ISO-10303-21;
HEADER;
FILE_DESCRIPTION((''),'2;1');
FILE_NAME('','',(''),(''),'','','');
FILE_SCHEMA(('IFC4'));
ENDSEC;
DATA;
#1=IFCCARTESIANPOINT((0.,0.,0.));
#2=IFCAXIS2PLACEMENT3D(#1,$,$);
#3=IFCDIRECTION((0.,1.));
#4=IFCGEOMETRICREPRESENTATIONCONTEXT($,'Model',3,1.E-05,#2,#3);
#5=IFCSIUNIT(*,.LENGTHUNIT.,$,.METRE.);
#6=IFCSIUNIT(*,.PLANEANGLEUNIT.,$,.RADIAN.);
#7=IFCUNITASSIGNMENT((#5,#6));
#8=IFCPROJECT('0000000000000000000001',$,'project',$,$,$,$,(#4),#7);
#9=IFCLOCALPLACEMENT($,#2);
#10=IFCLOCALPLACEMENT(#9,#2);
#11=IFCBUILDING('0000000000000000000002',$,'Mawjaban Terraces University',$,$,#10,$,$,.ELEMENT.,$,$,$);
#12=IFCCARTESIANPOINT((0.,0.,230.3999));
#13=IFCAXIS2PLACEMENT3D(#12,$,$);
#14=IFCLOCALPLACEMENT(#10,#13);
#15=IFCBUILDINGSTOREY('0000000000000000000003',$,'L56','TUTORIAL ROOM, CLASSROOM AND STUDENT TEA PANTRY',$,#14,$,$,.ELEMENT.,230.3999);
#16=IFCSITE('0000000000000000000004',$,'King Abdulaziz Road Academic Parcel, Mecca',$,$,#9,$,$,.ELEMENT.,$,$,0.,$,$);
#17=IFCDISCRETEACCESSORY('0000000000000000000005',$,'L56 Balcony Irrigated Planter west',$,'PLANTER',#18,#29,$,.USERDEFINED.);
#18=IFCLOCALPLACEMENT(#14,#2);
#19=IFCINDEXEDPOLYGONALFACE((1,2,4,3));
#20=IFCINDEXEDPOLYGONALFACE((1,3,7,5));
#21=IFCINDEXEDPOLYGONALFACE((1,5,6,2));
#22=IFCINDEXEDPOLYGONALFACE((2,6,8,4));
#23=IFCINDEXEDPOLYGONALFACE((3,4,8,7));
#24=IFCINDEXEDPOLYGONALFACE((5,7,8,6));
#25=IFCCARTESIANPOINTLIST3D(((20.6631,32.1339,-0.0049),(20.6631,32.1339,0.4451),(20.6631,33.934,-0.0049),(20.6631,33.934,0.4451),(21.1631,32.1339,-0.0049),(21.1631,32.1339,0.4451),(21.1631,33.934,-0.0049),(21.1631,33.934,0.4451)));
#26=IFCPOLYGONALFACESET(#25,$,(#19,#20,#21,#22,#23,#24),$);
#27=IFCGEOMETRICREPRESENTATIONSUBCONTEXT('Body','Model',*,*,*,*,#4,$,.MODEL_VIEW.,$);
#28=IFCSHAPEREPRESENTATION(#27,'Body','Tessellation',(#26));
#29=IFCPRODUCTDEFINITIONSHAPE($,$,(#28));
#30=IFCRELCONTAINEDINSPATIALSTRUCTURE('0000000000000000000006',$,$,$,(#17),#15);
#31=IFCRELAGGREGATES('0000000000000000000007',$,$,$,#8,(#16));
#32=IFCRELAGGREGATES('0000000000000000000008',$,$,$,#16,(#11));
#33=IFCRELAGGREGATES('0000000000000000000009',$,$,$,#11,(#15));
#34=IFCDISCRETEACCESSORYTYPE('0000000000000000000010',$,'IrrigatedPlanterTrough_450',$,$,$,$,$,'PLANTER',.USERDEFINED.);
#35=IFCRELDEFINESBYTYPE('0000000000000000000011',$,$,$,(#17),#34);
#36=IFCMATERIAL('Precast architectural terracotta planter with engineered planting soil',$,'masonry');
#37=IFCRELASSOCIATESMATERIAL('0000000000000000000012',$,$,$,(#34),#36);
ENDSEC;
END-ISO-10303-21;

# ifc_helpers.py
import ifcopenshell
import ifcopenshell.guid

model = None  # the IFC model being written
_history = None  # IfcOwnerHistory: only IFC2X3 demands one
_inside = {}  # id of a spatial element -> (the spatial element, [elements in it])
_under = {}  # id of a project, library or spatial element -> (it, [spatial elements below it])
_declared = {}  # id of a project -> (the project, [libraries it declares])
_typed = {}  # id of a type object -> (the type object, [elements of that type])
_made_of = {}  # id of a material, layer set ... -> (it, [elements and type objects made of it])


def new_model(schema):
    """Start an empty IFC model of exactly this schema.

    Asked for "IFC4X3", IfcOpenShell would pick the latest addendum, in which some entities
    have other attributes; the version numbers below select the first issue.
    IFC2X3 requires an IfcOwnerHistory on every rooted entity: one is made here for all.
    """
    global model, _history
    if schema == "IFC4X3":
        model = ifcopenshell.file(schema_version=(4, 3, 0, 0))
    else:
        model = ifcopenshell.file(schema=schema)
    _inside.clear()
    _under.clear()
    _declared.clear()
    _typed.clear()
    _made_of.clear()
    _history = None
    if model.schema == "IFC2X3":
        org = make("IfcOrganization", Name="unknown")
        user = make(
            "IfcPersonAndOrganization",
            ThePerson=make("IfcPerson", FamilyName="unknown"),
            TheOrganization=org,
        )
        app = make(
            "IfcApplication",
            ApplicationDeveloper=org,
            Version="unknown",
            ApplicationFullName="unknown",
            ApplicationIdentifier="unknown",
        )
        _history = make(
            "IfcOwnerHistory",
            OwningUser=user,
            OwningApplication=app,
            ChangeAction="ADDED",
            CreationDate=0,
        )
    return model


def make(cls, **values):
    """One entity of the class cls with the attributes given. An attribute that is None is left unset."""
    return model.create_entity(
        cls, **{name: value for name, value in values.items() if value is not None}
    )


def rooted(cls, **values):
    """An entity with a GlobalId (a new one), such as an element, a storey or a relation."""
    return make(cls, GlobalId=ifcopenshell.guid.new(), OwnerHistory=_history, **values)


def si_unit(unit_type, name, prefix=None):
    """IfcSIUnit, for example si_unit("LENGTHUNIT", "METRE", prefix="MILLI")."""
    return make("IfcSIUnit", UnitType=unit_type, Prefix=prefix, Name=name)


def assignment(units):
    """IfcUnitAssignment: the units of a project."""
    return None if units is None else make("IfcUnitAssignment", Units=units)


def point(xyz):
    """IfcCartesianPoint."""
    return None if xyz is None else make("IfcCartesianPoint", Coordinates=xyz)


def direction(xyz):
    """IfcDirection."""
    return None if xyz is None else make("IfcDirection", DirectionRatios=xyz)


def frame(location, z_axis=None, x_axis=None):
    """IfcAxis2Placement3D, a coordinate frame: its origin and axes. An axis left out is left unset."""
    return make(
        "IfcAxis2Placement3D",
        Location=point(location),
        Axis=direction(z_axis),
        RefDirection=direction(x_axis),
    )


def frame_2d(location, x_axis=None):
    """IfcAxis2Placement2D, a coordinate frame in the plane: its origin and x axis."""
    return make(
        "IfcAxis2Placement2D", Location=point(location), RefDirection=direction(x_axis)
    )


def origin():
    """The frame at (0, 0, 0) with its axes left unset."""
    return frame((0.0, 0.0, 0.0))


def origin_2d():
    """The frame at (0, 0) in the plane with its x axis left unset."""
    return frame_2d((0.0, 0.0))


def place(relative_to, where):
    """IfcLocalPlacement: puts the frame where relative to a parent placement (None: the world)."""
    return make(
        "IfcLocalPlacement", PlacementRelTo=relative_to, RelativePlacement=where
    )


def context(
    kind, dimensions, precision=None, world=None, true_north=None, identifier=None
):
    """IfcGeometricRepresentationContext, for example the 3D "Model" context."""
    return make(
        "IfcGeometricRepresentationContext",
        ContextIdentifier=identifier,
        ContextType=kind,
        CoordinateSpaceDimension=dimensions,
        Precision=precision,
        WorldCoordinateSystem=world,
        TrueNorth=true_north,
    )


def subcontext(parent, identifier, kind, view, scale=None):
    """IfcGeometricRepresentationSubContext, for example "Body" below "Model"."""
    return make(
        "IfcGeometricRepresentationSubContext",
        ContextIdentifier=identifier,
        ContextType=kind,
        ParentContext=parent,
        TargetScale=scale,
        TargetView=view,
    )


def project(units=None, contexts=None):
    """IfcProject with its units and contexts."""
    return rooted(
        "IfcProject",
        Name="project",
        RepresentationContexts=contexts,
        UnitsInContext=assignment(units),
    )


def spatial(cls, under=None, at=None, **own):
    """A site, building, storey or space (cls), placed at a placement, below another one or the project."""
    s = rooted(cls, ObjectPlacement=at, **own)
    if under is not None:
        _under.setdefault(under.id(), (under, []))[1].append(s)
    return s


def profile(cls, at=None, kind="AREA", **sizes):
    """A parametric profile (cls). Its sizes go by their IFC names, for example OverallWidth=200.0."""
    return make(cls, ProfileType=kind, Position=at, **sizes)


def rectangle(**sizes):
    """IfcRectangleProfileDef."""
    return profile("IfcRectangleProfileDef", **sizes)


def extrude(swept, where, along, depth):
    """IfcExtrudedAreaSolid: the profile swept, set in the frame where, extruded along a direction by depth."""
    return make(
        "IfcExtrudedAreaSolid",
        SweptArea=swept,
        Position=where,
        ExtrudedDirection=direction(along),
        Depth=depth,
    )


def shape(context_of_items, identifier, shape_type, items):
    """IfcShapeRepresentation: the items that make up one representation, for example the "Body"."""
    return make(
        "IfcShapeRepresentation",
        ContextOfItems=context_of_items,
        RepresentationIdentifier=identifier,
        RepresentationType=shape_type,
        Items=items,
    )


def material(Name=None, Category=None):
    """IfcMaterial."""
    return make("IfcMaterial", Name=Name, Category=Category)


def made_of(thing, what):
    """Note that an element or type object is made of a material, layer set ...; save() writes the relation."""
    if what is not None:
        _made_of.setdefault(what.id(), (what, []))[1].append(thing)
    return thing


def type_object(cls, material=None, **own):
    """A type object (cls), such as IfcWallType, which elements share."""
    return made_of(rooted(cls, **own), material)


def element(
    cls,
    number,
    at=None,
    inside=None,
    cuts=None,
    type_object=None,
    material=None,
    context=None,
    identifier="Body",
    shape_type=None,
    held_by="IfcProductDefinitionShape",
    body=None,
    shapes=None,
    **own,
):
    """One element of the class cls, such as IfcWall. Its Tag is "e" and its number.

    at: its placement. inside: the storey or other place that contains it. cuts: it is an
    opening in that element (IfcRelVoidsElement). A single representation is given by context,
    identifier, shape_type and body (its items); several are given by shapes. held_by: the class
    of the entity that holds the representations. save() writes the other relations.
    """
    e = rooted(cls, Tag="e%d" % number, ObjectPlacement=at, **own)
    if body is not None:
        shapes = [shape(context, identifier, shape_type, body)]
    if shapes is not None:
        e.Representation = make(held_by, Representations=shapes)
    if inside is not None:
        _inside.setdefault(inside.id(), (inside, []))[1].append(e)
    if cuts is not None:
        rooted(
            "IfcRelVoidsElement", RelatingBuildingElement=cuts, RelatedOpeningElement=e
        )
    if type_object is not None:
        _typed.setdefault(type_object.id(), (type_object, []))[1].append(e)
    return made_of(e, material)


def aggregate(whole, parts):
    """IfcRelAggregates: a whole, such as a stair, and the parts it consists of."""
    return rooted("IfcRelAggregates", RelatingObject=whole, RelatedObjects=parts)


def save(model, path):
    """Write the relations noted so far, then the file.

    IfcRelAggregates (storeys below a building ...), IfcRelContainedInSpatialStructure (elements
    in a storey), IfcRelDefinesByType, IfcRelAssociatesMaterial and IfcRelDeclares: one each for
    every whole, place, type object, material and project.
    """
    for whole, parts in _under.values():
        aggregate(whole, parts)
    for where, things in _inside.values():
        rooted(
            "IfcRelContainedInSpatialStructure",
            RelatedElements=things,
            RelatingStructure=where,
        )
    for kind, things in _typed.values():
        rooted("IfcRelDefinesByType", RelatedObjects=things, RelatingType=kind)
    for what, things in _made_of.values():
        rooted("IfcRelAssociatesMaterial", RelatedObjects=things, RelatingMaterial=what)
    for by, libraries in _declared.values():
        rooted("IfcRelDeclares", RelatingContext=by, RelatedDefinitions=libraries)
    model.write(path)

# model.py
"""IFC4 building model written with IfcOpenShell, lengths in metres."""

from ifc_helpers import new_model, si_unit, direction, frame, origin, origin_2d, place, context, subcontext, project, spatial, rectangle, extrude, material, type_object, element, save


model = new_model("IFC4")

# Units and contexts
model_context = context("Model", 3, precision=1e-05, world=origin(), true_north=direction((0.0, 1.0)))
body_context = subcontext(model_context, "Body", "Model", "MODEL_VIEW")
ifc_project = project(units=[si_unit("LENGTHUNIT", "METRE"), si_unit("PLANEANGLEUNIT", "RADIAN")], contexts=[model_context])

# Site, building, storey
site_placement = place(None, origin())
site = spatial("IfcSite", under=ifc_project, at=site_placement, Name="King Abdulaziz Road Academic Parcel, Mecca", CompositionType="ELEMENT", RefElevation=0.0)
building_placement = place(site_placement, origin())
building = spatial("IfcBuilding", under=site, at=building_placement, Name="Mawjaban Terraces University", CompositionType="ELEMENT")
storey_placement = place(building_placement, frame((0.0, 0.0, 230.3999)))
storey = spatial("IfcBuildingStorey", under=building, at=storey_placement, Name="L56", Description="TUTORIAL ROOM, CLASSROOM AND STUDENT TEA PANTRY", CompositionType="ELEMENT", Elevation=230.3999)

# Discrete accessory
ifc_material_1 = material(Name="Precast architectural terracotta planter with engineered planting soil", Category="masonry")
discrete_accessory_type_1 = type_object("IfcDiscreteAccessoryType", Name="IrrigatedPlanterTrough_450", ElementType="PLANTER", PredefinedType="USERDEFINED", material=ifc_material_1)
discrete_accessory_1_placement = place(storey_placement, frame((20.9131, 33.0339, -0.0049), z_axis=(0.0, 0.0, 1.0), x_axis=(0.0, 1.0, 0.0)))
element("IfcDiscreteAccessory", 1, at=discrete_accessory_1_placement, inside=storey, type_object=discrete_accessory_type_1, Name="L56 Balcony Irrigated Planter west", ObjectType="PLANTER", PredefinedType="USERDEFINED", context=body_context, shape_type="SweptSolid", body=[
    extrude(rectangle(XDim=1.8, YDim=0.5, at=origin_2d()), origin(), (0.0, 0.0, 1.0), 0.45),
])

save(model, "model.ifc")
